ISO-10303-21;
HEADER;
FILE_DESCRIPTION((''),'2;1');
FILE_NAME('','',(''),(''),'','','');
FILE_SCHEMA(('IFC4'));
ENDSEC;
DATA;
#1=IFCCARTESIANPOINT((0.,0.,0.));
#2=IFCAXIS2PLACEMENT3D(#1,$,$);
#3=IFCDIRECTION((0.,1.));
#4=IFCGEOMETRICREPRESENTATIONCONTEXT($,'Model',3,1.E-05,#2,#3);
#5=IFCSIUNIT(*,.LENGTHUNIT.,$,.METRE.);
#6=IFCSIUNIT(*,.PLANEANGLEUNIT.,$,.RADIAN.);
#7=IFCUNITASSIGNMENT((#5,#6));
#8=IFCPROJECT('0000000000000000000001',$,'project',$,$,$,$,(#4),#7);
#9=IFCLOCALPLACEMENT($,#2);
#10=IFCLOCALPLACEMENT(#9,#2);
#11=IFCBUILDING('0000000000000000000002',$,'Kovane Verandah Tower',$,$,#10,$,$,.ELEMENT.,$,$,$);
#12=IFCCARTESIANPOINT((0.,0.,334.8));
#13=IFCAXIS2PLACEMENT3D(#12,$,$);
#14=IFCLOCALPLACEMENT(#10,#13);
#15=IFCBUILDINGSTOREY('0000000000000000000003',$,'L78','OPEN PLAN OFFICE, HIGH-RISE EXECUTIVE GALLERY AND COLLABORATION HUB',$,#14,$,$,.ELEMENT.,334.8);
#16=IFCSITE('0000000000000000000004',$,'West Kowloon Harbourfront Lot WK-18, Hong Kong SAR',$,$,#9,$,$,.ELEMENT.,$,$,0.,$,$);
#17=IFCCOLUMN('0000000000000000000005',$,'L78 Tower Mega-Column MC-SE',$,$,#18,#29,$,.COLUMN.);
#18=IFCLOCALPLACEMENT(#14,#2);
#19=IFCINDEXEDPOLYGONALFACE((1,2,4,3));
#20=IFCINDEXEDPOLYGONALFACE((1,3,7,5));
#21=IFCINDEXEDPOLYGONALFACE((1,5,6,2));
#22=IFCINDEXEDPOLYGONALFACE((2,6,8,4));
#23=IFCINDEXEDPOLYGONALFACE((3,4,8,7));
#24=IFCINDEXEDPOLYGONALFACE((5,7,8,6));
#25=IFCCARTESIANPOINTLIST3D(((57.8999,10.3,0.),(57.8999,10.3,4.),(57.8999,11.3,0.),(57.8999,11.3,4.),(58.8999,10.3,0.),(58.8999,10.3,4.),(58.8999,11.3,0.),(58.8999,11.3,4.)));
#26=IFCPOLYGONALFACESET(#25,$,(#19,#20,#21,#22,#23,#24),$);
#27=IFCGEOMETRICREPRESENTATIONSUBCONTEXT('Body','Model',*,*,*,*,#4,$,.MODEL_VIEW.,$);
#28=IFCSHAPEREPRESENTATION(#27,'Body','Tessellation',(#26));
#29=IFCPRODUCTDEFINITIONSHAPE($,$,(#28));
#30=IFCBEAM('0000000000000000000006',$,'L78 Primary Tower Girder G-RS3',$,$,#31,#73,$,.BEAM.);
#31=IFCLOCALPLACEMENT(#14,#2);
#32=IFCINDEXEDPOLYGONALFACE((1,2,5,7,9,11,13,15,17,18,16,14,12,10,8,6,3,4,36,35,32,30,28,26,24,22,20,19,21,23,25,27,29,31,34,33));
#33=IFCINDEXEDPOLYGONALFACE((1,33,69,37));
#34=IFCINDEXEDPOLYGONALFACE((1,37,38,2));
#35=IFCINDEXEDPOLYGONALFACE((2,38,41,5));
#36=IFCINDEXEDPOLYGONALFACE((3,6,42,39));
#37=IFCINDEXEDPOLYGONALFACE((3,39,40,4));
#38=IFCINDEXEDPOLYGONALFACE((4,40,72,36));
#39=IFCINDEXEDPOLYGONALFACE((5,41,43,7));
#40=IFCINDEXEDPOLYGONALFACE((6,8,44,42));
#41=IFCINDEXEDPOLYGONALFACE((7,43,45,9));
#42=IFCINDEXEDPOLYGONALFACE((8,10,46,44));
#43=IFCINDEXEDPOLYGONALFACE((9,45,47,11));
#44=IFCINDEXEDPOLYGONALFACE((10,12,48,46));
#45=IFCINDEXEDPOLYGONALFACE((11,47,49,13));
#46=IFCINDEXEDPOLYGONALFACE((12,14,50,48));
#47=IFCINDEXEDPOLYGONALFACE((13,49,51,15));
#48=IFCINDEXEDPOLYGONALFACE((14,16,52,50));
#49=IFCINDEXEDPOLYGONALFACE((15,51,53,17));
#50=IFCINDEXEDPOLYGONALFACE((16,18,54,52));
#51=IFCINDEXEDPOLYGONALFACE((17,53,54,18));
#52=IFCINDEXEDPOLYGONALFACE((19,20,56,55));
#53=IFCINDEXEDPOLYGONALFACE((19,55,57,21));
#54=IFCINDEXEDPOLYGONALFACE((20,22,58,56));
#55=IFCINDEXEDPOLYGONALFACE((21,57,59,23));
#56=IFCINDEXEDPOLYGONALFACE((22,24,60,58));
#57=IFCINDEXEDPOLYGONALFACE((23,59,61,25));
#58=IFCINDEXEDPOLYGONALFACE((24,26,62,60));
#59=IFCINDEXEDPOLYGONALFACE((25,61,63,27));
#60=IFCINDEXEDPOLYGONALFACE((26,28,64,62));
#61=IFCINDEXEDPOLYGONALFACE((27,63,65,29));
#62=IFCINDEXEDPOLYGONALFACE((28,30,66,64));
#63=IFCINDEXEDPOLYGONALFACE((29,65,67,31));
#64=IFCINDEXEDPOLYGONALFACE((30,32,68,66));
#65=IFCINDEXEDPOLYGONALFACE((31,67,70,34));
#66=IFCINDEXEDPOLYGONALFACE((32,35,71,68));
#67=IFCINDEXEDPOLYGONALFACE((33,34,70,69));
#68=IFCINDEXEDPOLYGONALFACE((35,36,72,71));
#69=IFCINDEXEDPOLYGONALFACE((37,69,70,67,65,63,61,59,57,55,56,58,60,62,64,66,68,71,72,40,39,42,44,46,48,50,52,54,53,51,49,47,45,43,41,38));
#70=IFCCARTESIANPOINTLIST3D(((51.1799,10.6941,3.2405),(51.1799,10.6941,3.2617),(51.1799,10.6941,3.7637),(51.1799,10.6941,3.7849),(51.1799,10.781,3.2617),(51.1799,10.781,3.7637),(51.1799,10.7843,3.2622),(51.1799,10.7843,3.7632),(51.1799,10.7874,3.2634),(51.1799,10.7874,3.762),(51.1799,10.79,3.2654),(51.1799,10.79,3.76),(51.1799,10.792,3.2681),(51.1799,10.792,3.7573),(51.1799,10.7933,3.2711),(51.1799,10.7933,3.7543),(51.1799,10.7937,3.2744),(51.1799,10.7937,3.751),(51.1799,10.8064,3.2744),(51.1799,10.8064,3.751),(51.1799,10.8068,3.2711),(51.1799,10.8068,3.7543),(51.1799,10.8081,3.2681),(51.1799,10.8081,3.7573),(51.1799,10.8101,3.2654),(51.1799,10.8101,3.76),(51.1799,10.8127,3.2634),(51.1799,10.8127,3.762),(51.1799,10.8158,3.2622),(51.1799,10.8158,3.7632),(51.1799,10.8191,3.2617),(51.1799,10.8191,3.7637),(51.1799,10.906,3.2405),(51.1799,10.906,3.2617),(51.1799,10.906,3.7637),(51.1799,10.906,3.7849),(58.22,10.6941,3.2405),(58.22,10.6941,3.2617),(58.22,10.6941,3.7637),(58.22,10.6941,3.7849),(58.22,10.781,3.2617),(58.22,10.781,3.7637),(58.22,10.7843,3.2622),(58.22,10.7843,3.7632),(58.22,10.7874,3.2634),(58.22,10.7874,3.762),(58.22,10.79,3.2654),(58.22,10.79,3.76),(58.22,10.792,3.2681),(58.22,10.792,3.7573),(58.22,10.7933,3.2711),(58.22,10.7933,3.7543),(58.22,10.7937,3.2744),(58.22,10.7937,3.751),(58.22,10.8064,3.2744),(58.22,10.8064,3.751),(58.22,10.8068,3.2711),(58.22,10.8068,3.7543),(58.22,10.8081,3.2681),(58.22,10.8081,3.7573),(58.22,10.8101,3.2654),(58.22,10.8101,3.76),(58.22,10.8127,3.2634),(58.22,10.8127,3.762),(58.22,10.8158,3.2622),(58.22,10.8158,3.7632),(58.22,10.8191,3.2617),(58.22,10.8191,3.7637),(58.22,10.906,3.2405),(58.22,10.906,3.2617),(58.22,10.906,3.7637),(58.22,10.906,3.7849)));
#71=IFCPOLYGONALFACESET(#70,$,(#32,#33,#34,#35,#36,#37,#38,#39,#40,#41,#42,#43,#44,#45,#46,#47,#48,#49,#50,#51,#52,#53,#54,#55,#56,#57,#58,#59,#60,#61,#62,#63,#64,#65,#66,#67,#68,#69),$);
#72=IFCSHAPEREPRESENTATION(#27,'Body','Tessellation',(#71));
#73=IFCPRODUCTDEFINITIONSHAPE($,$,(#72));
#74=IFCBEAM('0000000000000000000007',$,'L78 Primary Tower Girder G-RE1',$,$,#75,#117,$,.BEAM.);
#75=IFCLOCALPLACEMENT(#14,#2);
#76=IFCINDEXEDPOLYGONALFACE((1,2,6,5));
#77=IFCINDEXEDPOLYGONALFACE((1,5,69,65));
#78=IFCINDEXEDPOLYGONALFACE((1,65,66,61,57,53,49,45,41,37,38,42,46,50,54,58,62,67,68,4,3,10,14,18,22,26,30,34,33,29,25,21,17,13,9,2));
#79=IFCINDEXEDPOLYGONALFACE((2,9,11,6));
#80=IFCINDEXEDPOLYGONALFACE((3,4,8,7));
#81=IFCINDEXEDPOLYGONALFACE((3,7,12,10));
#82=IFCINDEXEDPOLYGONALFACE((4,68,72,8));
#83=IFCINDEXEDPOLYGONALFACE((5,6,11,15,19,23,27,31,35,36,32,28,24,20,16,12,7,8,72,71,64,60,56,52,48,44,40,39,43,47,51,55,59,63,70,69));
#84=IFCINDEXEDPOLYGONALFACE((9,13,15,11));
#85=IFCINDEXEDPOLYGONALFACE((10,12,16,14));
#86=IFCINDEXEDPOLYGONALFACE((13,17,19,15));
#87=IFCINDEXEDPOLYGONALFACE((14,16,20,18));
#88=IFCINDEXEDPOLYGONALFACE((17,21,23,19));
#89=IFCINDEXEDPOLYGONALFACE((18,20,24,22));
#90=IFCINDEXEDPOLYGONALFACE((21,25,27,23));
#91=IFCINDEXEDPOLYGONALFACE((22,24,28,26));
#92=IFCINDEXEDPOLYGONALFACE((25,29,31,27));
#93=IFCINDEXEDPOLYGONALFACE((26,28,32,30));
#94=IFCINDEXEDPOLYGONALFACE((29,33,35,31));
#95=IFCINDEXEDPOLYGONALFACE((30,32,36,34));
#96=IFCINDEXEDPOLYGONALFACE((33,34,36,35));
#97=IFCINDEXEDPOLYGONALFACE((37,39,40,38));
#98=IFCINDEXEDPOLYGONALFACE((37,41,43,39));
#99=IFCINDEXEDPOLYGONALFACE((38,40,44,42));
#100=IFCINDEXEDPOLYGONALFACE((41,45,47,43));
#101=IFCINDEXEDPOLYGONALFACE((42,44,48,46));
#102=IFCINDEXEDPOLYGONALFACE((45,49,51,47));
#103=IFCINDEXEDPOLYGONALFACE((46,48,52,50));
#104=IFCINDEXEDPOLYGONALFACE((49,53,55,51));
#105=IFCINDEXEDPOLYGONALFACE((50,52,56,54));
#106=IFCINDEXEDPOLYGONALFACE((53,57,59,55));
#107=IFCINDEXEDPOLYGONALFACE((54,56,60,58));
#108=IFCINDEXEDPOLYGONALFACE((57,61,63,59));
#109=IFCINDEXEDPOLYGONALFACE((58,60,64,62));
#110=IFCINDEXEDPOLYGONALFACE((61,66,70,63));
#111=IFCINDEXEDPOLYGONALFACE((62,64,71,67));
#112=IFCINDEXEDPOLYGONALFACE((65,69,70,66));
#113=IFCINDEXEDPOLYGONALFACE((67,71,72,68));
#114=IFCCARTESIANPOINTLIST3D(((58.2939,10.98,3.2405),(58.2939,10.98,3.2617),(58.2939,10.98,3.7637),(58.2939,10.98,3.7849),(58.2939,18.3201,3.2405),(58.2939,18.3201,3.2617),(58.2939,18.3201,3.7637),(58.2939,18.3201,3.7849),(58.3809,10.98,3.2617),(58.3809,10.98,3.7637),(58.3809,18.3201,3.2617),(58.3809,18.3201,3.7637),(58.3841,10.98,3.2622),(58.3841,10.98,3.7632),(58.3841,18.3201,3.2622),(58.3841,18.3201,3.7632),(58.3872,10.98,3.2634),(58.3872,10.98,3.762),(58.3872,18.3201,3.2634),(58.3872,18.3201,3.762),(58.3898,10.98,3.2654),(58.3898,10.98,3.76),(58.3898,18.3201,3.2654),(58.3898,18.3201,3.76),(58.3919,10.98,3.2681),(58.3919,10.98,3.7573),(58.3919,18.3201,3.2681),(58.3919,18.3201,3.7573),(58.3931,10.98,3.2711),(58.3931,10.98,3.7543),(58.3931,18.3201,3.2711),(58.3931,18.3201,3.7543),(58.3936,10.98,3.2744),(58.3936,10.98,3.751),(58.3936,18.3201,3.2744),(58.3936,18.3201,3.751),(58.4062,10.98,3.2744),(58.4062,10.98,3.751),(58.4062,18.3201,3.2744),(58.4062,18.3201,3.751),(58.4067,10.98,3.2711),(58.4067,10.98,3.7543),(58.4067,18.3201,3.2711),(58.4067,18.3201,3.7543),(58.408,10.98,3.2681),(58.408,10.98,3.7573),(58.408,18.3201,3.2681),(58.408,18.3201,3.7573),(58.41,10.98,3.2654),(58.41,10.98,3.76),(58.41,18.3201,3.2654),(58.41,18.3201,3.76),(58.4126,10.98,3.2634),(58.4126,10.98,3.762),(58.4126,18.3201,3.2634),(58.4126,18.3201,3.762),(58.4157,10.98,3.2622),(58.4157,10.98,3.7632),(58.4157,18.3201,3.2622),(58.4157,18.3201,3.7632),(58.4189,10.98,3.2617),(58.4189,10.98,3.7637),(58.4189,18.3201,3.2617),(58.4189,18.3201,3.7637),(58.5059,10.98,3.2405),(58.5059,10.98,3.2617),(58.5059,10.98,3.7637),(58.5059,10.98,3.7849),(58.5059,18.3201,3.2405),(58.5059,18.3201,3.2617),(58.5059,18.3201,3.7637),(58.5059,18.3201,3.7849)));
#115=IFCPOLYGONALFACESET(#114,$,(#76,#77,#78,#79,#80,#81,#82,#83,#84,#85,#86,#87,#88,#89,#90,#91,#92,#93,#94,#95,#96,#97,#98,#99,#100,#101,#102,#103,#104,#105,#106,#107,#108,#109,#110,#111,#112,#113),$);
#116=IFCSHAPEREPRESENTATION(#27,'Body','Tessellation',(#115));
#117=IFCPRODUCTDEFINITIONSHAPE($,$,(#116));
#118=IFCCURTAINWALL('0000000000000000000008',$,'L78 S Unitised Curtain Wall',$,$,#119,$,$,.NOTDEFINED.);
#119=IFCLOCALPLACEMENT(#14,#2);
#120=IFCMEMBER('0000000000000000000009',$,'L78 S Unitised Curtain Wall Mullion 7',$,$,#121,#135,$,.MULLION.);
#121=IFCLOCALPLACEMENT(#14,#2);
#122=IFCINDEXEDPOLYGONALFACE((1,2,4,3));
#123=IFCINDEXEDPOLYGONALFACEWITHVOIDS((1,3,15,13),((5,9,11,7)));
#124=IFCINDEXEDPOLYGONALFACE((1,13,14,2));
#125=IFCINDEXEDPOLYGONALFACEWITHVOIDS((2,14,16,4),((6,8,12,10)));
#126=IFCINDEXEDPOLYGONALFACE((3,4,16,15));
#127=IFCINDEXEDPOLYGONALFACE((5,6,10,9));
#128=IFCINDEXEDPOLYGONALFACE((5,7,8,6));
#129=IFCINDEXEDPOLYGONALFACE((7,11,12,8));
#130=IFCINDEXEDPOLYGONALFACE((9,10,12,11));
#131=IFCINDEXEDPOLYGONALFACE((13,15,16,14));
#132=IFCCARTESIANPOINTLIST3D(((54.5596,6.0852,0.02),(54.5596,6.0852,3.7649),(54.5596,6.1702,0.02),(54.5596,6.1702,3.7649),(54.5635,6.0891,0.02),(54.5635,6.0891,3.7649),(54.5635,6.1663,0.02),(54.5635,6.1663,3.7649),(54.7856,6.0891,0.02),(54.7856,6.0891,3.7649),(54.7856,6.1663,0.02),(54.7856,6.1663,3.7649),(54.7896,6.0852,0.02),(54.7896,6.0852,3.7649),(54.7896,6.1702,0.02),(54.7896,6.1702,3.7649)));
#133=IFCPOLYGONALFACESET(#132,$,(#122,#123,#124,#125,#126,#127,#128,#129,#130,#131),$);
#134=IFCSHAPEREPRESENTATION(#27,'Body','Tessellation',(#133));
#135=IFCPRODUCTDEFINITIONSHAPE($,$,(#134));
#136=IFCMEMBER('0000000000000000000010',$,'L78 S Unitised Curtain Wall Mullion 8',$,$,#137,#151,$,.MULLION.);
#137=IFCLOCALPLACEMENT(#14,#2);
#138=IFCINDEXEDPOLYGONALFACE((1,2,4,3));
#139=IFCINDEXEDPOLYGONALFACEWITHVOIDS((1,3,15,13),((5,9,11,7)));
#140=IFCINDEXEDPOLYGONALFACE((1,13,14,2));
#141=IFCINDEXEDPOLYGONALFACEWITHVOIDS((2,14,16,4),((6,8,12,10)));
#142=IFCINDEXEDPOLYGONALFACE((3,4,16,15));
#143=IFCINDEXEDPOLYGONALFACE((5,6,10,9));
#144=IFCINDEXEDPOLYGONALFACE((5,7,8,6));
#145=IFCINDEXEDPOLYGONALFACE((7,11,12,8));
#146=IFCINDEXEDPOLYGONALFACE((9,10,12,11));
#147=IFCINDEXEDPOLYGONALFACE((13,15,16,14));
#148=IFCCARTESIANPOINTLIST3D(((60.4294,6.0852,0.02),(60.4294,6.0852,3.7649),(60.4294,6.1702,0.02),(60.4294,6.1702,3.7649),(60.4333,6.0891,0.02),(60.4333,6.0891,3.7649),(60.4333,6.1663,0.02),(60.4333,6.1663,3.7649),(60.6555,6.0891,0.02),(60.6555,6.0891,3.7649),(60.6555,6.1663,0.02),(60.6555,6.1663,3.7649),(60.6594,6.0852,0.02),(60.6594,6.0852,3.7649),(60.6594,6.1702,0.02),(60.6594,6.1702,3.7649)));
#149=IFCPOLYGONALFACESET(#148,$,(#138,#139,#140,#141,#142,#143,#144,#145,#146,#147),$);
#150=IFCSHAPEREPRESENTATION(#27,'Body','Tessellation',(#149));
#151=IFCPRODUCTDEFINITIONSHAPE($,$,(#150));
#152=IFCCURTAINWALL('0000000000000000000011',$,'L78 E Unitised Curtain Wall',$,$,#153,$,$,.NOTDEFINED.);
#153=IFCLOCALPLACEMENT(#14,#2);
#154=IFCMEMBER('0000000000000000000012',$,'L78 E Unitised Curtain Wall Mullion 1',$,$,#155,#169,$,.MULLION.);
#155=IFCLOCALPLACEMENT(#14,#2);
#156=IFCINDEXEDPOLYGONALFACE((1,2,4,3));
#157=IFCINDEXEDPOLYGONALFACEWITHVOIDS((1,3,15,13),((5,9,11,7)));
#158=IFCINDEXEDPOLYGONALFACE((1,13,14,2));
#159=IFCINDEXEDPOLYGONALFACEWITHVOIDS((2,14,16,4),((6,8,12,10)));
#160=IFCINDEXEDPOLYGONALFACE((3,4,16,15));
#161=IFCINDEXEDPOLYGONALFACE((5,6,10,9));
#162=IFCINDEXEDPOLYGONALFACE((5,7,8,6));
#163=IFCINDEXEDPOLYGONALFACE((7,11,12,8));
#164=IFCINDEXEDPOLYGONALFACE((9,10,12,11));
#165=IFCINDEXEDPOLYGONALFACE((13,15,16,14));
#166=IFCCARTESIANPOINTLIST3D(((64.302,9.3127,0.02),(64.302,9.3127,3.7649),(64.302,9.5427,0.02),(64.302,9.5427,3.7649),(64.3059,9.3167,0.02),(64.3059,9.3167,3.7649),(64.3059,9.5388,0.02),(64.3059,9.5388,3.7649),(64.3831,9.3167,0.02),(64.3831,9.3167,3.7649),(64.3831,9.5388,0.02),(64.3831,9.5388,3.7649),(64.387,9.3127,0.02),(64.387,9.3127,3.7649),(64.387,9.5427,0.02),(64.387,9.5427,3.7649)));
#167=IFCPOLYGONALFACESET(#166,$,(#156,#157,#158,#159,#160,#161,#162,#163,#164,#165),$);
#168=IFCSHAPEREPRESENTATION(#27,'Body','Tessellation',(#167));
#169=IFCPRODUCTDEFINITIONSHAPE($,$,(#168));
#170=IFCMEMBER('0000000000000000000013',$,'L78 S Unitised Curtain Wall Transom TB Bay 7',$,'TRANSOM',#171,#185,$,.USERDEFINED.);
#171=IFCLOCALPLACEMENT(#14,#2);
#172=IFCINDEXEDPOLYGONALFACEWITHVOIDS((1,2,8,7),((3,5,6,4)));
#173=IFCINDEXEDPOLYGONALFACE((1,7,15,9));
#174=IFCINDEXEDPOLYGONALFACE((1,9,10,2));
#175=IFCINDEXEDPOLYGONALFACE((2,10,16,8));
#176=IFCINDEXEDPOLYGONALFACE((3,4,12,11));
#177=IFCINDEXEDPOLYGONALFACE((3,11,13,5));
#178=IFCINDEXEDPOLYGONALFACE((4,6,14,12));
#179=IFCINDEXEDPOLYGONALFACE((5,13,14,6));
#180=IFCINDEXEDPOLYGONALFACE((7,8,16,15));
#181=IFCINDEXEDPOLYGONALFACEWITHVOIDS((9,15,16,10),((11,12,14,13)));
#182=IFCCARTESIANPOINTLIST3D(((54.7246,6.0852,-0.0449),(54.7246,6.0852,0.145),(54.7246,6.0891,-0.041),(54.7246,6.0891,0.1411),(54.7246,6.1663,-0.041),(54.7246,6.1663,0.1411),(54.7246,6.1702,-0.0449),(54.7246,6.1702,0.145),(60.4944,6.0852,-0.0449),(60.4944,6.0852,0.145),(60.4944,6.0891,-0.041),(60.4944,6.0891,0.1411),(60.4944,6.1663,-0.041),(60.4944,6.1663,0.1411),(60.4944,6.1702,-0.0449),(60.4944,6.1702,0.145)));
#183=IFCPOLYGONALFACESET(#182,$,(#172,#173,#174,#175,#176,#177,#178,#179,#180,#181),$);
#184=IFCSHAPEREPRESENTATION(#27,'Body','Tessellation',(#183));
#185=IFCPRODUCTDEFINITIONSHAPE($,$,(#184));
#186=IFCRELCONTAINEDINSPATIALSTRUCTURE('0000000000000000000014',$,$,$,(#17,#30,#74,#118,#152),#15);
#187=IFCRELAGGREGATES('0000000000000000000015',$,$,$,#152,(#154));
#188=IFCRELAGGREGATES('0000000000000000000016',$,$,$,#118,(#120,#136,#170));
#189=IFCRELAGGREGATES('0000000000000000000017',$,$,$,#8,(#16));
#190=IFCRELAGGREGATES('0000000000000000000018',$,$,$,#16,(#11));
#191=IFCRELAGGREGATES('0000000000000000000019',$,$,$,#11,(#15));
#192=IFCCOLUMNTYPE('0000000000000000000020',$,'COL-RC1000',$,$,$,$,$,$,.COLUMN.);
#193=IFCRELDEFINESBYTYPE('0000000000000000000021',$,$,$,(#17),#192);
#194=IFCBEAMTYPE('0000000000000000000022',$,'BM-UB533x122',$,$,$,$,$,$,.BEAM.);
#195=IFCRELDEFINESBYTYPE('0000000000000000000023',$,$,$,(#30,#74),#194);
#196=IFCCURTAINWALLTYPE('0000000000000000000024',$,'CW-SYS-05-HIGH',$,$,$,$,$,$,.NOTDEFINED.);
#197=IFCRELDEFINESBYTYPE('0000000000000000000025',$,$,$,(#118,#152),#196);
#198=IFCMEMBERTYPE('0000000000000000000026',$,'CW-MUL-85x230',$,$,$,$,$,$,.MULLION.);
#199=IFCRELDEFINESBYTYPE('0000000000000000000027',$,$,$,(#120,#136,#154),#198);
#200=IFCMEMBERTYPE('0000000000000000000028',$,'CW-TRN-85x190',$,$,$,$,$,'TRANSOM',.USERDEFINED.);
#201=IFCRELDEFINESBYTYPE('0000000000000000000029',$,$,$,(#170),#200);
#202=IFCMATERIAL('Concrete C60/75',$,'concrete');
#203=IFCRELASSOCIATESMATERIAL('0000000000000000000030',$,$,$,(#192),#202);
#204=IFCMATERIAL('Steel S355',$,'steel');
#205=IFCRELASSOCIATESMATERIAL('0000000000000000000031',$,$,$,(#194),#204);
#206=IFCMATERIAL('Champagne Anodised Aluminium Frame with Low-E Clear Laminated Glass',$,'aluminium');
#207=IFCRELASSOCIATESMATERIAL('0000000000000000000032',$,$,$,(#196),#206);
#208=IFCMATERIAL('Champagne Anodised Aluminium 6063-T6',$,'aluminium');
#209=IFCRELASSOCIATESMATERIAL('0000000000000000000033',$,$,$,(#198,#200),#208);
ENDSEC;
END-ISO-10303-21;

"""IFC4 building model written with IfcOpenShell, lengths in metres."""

from ifc_helpers import new_model, si_unit, direction, frame, origin, origin_2d, place, context, subcontext, project, spatial, rectangle, hollow_rectangle, i_section, extrude, material, material_profile, profile_set, type_object, element, aggregate, save


model = new_model("IFC4")

# Units and contexts
model_context = context("Model", 3, precision=1e-05, world=origin(), true_north=direction((0.0, 1.0)))
body_context = subcontext(model_context, "Body", "Model", "MODEL_VIEW")
ifc_project = project(units=[si_unit("LENGTHUNIT", "METRE"), si_unit("PLANEANGLEUNIT", "RADIAN")], contexts=[model_context])

# Site, building, storey
site_placement = place(None, origin())
site = spatial("IfcSite", under=ifc_project, at=site_placement, Name="West Kowloon Harbourfront Lot WK-18, Hong Kong SAR", CompositionType="ELEMENT", RefElevation=0.0)
building_placement = place(site_placement, origin())
building = spatial("IfcBuilding", under=site, at=building_placement, Name="Kovane Verandah Tower", CompositionType="ELEMENT")
storey_placement = place(building_placement, frame((0.0, 0.0, 334.8)))
storey = spatial("IfcBuildingStorey", under=building, at=storey_placement, Name="L78", Description="OPEN PLAN OFFICE, HIGH-RISE EXECUTIVE GALLERY AND COLLABORATION HUB", CompositionType="ELEMENT", Elevation=334.8)

# Column
ifc_material_1 = material(Name="Concrete C60/75", Category="concrete")
ifc_material_profile_1 = material_profile(ifc_material_1, rectangle(XDim=1.0, YDim=1.0, at=origin_2d()), Name="RC1000x1000")
ifc_profile_set_1 = profile_set([ifc_material_profile_1], Name="Concrete C60/75")
column_type = type_object("IfcColumnType", Name="COL-RC1000", PredefinedType="COLUMN", material=ifc_profile_set_1)
column_placement = place(storey_placement, frame((58.3999, 10.8, 0.0), z_axis=(0.0, 0.0, 1.0), x_axis=(1.0, 0.0, 0.0)))
element("IfcColumn", 1, at=column_placement, inside=storey, type_object=column_type, Name="L78 Tower Mega-Column MC-SE", PredefinedType="COLUMN", context=body_context, shape_type="SweptSolid", body=[
    extrude(rectangle(XDim=1.0, YDim=1.0, at=origin_2d()), origin(), (0.0, 0.0, 1.0), 4.0),
])

# Beams
ifc_material_2 = material(Name="Steel S355", Category="steel")
ifc_material_profile_2 = material_profile(ifc_material_2, i_section(OverallWidth=0.2119, OverallDepth=0.5444, WebThickness=0.0127, FlangeThickness=0.0212, FilletRadius=0.0127, at=origin_2d()), Name="UB533x210x122")
ifc_profile_set_2 = profile_set([ifc_material_profile_2], Name="Steel S355")
beam_type_1 = type_object("IfcBeamType", Name="BM-UB533x122", PredefinedType="BEAM", material=ifc_profile_set_2)
beam_1_placement = place(storey_placement, frame((51.1799, 10.8, 3.5127), z_axis=(1.0, 0.0, 0.0), x_axis=(0.0, 1.0, 0.0)))
element("IfcBeam", 2, at=beam_1_placement, inside=storey, type_object=beam_type_1, Name="L78 Primary Tower Girder G-RS3", PredefinedType="BEAM", context=body_context, shape_type="SweptSolid", body=[
    extrude(i_section(OverallWidth=0.2119, OverallDepth=0.5444, WebThickness=0.0127, FlangeThickness=0.0212, FilletRadius=0.0127, at=origin_2d()), origin(), (0.0, 0.0, 1.0), 7.04),
])
beam_2_placement = place(storey_placement, frame((58.3999, 10.98, 3.5127), z_axis=(0.0, 1.0, 0.0), x_axis=(-1.0, 0.0, 0.0)))
element("IfcBeam", 3, at=beam_2_placement, inside=storey, type_object=beam_type_1, Name="L78 Primary Tower Girder G-RE1", PredefinedType="BEAM", context=body_context, shape_type="SweptSolid", body=[
    extrude(i_section(OverallWidth=0.2119, OverallDepth=0.5444, WebThickness=0.0127, FlangeThickness=0.0212, FilletRadius=0.0127, at=origin_2d()), origin(), (0.0, 0.0, 1.0), 7.3401),
])

# Curtain wall, members
ifc_material_3 = material(Name="Champagne Anodised Aluminium Frame with Low-E Clear Laminated Glass", Category="aluminium")
curtain_wall_type = type_object("IfcCurtainWallType", Name="CW-SYS-05-HIGH", PredefinedType="NOTDEFINED", material=ifc_material_3)
curtain_wall_1_placement = place(storey_placement, origin())
curtain_wall_1 = element("IfcCurtainWall", 4, at=curtain_wall_1_placement, inside=storey, type_object=curtain_wall_type, Name="L78 S Unitised Curtain Wall", PredefinedType="NOTDEFINED")
ifc_material_4 = material(Name="Champagne Anodised Aluminium 6063-T6", Category="aluminium")
ifc_material_profile_3 = material_profile(ifc_material_4, hollow_rectangle(XDim=0.085, YDim=0.23, WallThickness=0.0039, at=origin_2d()), Name="AL85x230x4")
ifc_profile_set_3 = profile_set([ifc_material_profile_3], Name="Champagne Anodised Aluminium 6063-T6")
member_type_1 = type_object("IfcMemberType", Name="CW-MUL-85x230", PredefinedType="MULLION", material=ifc_profile_set_3)
member_1_placement = place(storey_placement, frame((54.6746, 6.1277, 0.02), z_axis=(0.0, 0.0, 1.0), x_axis=(0.0, -1.0, 0.0)))
member_1 = element("IfcMember", 5, at=member_1_placement, type_object=member_type_1, Name="L78 S Unitised Curtain Wall Mullion 7", PredefinedType="MULLION", context=body_context, shape_type="SweptSolid", body=[
    extrude(hollow_rectangle(XDim=0.085, YDim=0.23, WallThickness=0.0039, at=origin_2d()), origin(), (0.0, 0.0, 1.0), 3.7449),
])
member_2_placement = place(storey_placement, frame((60.5444, 6.1277, 0.02), z_axis=(0.0, 0.0, 1.0), x_axis=(0.0, -1.0, 0.0)))
member_2 = element("IfcMember", 6, at=member_2_placement, type_object=member_type_1, Name="L78 S Unitised Curtain Wall Mullion 8", PredefinedType="MULLION", context=body_context, shape_type="SweptSolid", body=[
    extrude(hollow_rectangle(XDim=0.085, YDim=0.23, WallThickness=0.0039, at=origin_2d()), origin(), (0.0, 0.0, 1.0), 3.7449),
])

# Curtain wall, member
curtain_wall_2_placement = place(storey_placement, origin())
curtain_wall_2 = element("IfcCurtainWall", 7, at=curtain_wall_2_placement, inside=storey, type_object=curtain_wall_type, Name="L78 E Unitised Curtain Wall", PredefinedType="NOTDEFINED")
member_3_placement = place(storey_placement, frame((64.3445, 9.4277, 0.02), z_axis=(0.0, 0.0, 1.0), x_axis=(1.0, 0.0, 0.0)))
member_3 = element("IfcMember", 8, at=member_3_placement, type_object=member_type_1, Name="L78 E Unitised Curtain Wall Mullion 1", PredefinedType="MULLION", context=body_context, shape_type="SweptSolid", body=[
    extrude(hollow_rectangle(XDim=0.085, YDim=0.23, WallThickness=0.0039, at=origin_2d()), origin(), (0.0, 0.0, 1.0), 3.7449),
])

# Member
ifc_material_profile_4 = material_profile(ifc_material_4, hollow_rectangle(XDim=0.085, YDim=0.1899, WallThickness=0.0039, at=origin_2d()), Name="AL85x190x4")
ifc_profile_set_4 = profile_set([ifc_material_profile_4], Name="Champagne Anodised Aluminium 6063-T6")
member_type_2 = type_object("IfcMemberType", Name="CW-TRN-85x190", ElementType="TRANSOM", PredefinedType="USERDEFINED", material=ifc_profile_set_4)
member_4_placement = place(storey_placement, frame((54.7246, 6.1277, 0.05), z_axis=(1.0, 0.0, 0.0), x_axis=(0.0, 1.0, 0.0)))
member_4 = element("IfcMember", 9, at=member_4_placement, type_object=member_type_2, Name="L78 S Unitised Curtain Wall Transom TB Bay 7", ObjectType="TRANSOM", PredefinedType="USERDEFINED", context=body_context, shape_type="SweptSolid", body=[
    extrude(hollow_rectangle(XDim=0.085, YDim=0.1899, WallThickness=0.0039, at=origin_2d()), origin(), (0.0, 0.0, 1.0), 5.7698),
])
aggregate(curtain_wall_2, [member_3])

aggregate(curtain_wall_1, [member_1, member_2, member_4])

save(model, "model.ifc")
